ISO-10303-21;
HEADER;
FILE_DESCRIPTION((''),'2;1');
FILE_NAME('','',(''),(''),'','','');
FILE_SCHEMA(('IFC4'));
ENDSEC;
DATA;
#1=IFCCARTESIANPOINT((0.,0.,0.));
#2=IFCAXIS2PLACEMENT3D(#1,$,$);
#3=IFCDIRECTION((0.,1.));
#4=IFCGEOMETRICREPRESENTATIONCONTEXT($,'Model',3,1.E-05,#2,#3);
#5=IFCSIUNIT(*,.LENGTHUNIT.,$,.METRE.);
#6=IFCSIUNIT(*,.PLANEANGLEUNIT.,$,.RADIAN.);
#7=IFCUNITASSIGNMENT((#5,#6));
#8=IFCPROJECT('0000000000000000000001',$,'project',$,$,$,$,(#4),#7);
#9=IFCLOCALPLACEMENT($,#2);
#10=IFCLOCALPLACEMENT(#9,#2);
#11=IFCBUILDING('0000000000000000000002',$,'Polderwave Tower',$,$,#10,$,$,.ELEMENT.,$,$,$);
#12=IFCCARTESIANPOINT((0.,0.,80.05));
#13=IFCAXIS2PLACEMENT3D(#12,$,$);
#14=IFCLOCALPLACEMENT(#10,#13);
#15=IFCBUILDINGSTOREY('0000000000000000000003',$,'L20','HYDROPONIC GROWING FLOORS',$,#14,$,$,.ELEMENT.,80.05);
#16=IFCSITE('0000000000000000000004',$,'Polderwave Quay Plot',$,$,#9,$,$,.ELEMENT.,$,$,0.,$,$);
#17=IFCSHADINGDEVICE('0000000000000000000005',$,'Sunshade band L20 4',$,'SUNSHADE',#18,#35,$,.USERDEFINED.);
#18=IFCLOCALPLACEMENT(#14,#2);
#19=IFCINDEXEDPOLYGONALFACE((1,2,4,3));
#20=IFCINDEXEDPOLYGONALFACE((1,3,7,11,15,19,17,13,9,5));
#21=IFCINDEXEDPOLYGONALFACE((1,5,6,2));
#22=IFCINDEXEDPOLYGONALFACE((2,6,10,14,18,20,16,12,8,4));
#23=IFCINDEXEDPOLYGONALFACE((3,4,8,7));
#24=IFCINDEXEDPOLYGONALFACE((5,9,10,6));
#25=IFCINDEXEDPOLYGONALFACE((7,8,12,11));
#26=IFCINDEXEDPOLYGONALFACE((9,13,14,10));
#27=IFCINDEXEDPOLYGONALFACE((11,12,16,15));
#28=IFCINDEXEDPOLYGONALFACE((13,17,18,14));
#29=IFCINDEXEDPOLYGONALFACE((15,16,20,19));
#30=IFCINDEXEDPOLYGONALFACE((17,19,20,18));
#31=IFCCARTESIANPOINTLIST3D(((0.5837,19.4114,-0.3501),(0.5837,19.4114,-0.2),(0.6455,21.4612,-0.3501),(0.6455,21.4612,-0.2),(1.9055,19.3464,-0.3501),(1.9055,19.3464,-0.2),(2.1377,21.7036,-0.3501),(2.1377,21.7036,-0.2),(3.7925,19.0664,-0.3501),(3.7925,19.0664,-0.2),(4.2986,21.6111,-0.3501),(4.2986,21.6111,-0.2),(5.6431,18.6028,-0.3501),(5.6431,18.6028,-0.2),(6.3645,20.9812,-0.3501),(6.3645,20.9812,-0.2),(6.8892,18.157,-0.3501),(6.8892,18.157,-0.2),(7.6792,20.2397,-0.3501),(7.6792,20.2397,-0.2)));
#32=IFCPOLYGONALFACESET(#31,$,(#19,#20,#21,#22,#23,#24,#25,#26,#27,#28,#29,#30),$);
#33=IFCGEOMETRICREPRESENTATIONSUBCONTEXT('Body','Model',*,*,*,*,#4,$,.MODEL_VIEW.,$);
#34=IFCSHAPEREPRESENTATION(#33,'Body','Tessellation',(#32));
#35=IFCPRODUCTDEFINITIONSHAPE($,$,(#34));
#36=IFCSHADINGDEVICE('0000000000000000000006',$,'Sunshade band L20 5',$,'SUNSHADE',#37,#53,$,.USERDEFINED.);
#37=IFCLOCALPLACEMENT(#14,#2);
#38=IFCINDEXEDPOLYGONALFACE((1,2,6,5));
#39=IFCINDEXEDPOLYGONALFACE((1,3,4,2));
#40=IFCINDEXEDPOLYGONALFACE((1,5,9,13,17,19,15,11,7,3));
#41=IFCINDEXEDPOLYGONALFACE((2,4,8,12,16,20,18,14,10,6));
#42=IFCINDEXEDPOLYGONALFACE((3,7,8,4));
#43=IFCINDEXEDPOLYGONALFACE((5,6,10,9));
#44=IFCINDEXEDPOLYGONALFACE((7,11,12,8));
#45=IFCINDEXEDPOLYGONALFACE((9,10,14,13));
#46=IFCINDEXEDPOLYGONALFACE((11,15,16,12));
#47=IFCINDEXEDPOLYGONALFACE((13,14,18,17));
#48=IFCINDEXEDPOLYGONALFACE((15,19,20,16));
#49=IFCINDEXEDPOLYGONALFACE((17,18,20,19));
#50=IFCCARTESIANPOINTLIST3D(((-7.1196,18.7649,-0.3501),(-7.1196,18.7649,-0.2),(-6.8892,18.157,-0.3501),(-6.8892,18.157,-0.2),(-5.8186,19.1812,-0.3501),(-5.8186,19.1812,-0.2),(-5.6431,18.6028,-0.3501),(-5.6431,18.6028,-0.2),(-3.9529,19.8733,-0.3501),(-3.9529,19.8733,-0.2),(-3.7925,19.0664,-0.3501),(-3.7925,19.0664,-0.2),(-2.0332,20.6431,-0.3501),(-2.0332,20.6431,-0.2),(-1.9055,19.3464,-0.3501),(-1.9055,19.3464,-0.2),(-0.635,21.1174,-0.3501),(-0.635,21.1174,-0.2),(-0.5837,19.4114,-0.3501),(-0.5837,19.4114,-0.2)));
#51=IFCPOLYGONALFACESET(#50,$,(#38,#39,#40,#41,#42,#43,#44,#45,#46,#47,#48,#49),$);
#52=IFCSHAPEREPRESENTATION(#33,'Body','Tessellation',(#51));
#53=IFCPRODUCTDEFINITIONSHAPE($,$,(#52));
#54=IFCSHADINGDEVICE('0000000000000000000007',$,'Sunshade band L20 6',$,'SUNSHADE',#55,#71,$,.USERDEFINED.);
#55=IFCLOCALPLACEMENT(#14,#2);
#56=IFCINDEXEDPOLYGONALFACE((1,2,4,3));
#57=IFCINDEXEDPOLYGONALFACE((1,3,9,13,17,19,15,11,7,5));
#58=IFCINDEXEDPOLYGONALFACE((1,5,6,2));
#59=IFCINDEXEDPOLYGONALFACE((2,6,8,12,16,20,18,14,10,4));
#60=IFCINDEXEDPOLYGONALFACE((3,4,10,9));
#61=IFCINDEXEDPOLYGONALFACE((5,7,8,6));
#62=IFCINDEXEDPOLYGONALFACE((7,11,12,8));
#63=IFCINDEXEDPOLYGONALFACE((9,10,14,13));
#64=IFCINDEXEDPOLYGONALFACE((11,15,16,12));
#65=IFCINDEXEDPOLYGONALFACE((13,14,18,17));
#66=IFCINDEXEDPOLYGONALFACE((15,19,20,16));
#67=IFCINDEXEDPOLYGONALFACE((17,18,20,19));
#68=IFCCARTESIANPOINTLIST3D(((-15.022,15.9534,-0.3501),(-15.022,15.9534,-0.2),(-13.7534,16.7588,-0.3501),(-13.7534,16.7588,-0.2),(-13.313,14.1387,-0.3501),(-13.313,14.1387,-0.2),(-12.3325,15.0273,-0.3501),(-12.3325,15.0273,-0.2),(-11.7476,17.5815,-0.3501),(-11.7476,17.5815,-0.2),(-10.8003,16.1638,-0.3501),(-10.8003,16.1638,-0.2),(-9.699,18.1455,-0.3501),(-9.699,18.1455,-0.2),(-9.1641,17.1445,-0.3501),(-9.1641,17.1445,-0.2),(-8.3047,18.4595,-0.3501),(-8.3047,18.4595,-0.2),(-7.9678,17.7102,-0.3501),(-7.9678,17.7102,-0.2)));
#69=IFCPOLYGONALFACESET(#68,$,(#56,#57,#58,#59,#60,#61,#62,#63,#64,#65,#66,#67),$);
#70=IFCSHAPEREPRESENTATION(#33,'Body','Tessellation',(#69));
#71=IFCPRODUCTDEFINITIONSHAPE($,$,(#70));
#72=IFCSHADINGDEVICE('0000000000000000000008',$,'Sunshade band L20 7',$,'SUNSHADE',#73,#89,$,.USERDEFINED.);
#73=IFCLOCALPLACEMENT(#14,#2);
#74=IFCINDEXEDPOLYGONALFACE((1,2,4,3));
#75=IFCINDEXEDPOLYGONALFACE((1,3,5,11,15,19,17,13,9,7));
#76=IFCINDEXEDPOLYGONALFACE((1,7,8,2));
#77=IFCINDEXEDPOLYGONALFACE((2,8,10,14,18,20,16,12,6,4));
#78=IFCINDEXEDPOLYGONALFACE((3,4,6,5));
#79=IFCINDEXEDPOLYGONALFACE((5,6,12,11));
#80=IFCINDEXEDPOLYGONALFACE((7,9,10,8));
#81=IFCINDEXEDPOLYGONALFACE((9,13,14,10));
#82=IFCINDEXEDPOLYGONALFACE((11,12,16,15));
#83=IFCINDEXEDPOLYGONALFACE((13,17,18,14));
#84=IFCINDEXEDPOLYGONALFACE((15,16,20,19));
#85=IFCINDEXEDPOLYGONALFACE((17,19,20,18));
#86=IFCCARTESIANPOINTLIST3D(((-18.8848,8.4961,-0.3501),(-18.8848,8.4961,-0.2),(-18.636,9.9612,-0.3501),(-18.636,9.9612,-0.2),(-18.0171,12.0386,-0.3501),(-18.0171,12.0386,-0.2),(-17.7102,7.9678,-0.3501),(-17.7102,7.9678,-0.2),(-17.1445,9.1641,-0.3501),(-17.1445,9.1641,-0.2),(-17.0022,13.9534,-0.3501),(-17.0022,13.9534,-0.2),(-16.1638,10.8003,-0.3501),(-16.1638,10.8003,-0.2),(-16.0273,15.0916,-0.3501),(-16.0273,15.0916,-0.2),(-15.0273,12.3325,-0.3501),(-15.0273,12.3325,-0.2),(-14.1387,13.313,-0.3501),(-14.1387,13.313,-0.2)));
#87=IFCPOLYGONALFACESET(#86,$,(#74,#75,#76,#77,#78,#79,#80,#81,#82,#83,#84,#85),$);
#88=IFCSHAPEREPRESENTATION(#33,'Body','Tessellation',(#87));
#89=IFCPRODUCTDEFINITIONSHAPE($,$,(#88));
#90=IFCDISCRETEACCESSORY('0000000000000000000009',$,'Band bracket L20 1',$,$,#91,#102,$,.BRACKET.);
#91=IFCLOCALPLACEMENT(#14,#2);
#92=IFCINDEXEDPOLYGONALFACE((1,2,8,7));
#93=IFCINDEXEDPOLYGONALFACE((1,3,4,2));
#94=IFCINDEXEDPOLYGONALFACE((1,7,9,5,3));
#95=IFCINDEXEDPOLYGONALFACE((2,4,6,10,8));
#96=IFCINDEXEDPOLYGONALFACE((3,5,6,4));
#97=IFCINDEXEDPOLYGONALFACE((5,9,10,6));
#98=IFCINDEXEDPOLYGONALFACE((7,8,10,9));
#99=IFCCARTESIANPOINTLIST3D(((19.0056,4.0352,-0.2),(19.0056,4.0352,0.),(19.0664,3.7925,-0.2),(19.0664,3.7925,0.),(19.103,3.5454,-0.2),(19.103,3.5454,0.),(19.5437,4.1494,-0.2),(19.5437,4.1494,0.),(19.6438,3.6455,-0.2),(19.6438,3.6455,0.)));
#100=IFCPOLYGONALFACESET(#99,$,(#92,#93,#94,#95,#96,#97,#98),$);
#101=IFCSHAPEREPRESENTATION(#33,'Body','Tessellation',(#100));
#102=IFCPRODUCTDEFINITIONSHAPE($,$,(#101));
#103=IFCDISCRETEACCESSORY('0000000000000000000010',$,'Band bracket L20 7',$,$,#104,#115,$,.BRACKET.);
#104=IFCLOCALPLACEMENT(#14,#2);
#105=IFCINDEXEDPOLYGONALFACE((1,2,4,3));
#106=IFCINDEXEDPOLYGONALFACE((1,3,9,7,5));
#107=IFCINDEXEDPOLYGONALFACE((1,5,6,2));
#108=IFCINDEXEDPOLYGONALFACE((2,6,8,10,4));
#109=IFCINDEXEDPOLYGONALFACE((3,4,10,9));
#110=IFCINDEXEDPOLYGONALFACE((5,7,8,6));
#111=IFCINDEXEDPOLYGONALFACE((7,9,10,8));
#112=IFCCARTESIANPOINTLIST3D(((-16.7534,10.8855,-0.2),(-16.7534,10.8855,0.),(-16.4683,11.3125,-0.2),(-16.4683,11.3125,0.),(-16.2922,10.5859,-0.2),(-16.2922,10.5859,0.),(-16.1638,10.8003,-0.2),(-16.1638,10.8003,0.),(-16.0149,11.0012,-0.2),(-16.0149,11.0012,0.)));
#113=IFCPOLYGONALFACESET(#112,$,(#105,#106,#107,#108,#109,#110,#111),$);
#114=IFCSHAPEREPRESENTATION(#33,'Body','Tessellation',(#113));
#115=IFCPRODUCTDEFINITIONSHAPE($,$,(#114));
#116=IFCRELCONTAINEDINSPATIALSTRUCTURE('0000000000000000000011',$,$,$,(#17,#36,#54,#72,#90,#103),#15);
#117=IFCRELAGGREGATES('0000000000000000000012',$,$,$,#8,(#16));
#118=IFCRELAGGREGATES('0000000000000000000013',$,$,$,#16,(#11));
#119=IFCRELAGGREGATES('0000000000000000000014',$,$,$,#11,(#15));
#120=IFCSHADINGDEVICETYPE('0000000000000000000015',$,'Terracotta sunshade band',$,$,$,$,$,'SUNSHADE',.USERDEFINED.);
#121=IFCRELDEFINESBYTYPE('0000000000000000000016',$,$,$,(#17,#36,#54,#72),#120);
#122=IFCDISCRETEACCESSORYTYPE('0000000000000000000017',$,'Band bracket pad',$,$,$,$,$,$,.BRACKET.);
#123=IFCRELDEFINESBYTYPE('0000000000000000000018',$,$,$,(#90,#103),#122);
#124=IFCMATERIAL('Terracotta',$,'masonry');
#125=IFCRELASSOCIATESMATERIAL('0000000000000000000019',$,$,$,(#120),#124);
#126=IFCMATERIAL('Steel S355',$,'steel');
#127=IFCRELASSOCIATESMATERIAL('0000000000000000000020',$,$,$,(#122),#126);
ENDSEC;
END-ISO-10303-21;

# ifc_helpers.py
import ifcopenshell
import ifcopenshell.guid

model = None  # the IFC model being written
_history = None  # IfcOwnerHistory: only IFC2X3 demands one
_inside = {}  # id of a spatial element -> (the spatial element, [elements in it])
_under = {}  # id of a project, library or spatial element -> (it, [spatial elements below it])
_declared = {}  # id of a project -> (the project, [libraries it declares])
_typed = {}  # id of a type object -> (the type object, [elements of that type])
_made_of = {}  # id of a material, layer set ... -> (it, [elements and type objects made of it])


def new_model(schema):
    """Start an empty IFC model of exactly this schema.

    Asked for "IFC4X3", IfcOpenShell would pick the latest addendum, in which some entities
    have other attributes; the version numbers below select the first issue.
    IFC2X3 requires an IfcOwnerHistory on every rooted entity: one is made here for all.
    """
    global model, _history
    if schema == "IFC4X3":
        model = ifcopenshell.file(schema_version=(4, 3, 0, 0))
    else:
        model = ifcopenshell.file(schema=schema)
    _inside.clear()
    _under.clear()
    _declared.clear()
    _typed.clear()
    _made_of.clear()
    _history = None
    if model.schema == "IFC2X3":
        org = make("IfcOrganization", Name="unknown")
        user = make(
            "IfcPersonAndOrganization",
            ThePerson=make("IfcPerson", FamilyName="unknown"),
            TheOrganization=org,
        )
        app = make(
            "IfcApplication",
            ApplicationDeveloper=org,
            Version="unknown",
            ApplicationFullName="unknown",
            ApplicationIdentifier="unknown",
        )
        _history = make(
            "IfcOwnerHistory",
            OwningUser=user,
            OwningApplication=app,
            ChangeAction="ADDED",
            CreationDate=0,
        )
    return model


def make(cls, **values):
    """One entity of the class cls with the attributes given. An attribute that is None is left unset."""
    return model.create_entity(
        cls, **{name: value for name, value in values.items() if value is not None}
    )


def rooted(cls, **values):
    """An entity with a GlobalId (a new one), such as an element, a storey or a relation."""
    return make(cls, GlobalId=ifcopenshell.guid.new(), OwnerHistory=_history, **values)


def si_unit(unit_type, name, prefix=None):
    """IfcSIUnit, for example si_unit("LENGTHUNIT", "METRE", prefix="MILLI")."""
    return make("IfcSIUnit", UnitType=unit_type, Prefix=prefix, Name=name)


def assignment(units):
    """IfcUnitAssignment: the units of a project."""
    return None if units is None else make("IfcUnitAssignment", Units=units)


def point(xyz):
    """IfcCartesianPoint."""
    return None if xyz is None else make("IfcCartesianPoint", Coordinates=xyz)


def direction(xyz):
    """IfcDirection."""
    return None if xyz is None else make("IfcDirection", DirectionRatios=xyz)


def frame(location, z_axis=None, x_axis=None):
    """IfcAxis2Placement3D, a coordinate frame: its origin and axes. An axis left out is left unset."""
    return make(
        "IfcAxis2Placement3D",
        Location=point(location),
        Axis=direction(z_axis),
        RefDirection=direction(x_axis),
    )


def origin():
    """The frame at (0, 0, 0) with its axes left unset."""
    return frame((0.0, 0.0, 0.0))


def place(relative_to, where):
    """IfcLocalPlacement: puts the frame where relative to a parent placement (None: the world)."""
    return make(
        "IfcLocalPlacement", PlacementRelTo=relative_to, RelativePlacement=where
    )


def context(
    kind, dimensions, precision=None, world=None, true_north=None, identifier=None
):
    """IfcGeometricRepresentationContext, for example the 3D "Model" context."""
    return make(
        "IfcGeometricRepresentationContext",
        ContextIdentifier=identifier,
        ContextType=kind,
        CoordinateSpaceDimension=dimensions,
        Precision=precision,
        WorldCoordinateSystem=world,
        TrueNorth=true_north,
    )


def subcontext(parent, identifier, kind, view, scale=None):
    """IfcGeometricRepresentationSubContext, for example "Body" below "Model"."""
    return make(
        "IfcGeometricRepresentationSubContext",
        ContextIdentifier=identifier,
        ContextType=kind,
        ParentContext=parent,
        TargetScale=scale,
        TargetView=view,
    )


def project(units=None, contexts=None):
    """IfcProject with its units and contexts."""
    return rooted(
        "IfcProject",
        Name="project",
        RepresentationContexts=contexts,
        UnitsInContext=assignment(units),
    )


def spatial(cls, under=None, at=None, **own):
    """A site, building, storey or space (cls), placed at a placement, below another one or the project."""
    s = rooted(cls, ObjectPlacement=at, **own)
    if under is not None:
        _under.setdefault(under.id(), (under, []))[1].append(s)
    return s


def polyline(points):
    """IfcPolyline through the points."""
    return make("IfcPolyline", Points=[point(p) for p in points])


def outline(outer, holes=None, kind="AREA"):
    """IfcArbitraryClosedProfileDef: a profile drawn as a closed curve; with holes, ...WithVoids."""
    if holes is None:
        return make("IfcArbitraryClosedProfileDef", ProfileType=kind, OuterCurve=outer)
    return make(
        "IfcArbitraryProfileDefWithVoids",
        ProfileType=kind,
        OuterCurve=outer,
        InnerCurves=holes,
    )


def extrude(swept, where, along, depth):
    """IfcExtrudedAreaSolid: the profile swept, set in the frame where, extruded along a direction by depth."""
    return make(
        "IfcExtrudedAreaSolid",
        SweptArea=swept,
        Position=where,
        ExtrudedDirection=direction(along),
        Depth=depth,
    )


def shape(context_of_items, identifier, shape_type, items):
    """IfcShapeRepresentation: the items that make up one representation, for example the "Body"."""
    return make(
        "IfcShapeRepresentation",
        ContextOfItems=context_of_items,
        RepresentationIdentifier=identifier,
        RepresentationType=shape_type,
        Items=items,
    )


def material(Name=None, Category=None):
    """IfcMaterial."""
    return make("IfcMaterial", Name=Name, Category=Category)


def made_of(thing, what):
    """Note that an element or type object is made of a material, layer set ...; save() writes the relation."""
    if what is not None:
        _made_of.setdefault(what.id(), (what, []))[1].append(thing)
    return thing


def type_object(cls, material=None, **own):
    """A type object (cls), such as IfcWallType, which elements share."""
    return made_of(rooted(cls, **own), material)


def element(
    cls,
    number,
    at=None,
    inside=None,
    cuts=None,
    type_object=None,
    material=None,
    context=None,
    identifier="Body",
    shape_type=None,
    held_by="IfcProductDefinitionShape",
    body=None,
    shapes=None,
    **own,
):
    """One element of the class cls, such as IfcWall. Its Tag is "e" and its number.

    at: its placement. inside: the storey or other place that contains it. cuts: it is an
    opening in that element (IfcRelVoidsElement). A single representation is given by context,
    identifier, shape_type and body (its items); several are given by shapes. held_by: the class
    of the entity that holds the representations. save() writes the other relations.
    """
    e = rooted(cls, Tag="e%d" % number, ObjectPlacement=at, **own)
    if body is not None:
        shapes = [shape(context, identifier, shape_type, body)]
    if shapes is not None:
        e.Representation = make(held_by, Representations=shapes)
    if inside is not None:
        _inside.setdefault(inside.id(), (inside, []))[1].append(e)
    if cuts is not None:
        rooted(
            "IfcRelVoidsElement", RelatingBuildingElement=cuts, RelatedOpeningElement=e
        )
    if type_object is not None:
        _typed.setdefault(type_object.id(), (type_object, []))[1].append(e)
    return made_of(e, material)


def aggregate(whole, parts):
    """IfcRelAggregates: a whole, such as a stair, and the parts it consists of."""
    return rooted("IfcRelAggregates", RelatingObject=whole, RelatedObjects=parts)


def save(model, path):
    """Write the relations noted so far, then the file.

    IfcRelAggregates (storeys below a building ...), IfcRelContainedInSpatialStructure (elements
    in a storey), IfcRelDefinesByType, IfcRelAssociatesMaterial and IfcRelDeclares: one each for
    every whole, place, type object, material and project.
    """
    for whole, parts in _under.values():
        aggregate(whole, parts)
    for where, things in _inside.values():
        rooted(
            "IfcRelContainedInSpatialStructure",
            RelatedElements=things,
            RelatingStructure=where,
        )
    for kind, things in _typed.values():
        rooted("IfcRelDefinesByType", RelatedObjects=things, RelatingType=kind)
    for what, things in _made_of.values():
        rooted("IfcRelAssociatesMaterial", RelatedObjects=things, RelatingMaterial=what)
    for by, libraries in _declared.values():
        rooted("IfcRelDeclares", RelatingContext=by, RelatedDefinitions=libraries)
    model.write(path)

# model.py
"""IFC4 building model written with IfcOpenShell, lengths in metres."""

from ifc_helpers import new_model, si_unit, direction, frame, origin, place, context, subcontext, project, spatial, polyline, outline, extrude, material, type_object, element, save


model = new_model("IFC4")

# Units and contexts
model_context = context("Model", 3, precision=1e-05, world=origin(), true_north=direction((0.0, 1.0)))
body_context = subcontext(model_context, "Body", "Model", "MODEL_VIEW")
ifc_project = project(units=[si_unit("LENGTHUNIT", "METRE"), si_unit("PLANEANGLEUNIT", "RADIAN")], contexts=[model_context])

# Site, building, storey
site_placement = place(None, origin())
site = spatial("IfcSite", under=ifc_project, at=site_placement, Name="Polderwave Quay Plot", CompositionType="ELEMENT", RefElevation=0.0)
building_placement = place(site_placement, origin())
building = spatial("IfcBuilding", under=site, at=building_placement, Name="Polderwave Tower", CompositionType="ELEMENT")
storey_placement = place(building_placement, frame((0.0, 0.0, 80.05)))
storey = spatial("IfcBuildingStorey", under=building, at=storey_placement, Name="L20", Description="HYDROPONIC GROWING FLOORS", CompositionType="ELEMENT", Elevation=80.05)

# Shading devices
ifc_material_1 = material(Name="Terracotta", Category="masonry")
shading_device_type = type_object("IfcShadingDeviceType", Name="Terracotta sunshade band", ElementType="SUNSHADE", PredefinedType="USERDEFINED", material=ifc_material_1)
shading_device_1_placement = place(storey_placement, frame((0.0, 0.0, -0.3501)))
element("IfcShadingDevice", 1, at=shading_device_1_placement, inside=storey, type_object=shading_device_type, Name="Sunshade band L20 4", ObjectType="SUNSHADE", PredefinedType="USERDEFINED", context=body_context, shape_type="SweptSolid", body=[
    extrude(outline(polyline([(6.8892, 18.157), (5.6431, 18.6028), (3.7925, 19.0664), (1.9055, 19.3464), (0.5837, 19.4114), (0.6455, 21.4612), (2.1377, 21.7036), (4.2986, 21.6111), (6.3645, 20.9812), (7.6792, 20.2397), (6.8892, 18.157)])), origin(), (0.0, 0.0, 1.0), 0.1501),
])
shading_device_2_placement = place(storey_placement, frame((0.0, 0.0, -0.3501)))
element("IfcShadingDevice", 2, at=shading_device_2_placement, inside=storey, type_object=shading_device_type, Name="Sunshade band L20 5", ObjectType="SUNSHADE", PredefinedType="USERDEFINED", context=body_context, shape_type="SweptSolid", body=[
    extrude(outline(polyline([(-0.5837, 19.4114), (-1.9055, 19.3464), (-3.7925, 19.0664), (-5.6431, 18.6028), (-6.8892, 18.157), (-7.1196, 18.7649), (-5.8186, 19.1812), (-3.9529, 19.8733), (-2.0332, 20.6431), (-0.635, 21.1174), (-0.5837, 19.4114)])), origin(), (0.0, 0.0, 1.0), 0.1501),
])
shading_device_3_placement = place(storey_placement, frame((0.0, 0.0, -0.3501)))
element("IfcShadingDevice", 3, at=shading_device_3_placement, inside=storey, type_object=shading_device_type, Name="Sunshade band L20 6", ObjectType="SUNSHADE", PredefinedType="USERDEFINED", context=body_context, shape_type="SweptSolid", body=[
    extrude(outline(polyline([(-7.9678, 17.7102), (-9.1641, 17.1445), (-10.8003, 16.1638), (-12.3325, 15.0273), (-13.313, 14.1387), (-15.022, 15.9534), (-13.7534, 16.7588), (-11.7476, 17.5815), (-9.699, 18.1455), (-8.3047, 18.4595), (-7.9678, 17.7102)])), origin(), (0.0, 0.0, 1.0), 0.1501),
])
shading_device_4_placement = place(storey_placement, frame((0.0, 0.0, -0.3501)))
element("IfcShadingDevice", 4, at=shading_device_4_placement, inside=storey, type_object=shading_device_type, Name="Sunshade band L20 7", ObjectType="SUNSHADE", PredefinedType="USERDEFINED", context=body_context, shape_type="SweptSolid", body=[
    extrude(outline(polyline([(-14.1387, 13.313), (-15.0273, 12.3325), (-16.1638, 10.8003), (-17.1445, 9.1641), (-17.7102, 7.9678), (-18.8848, 8.4961), (-18.636, 9.9612), (-18.0171, 12.0386), (-17.0022, 13.9534), (-16.0273, 15.0916), (-14.1387, 13.313)])), origin(), (0.0, 0.0, 1.0), 0.1501),
])

# Discrete accessories
ifc_material_2 = material(Name="Steel S355", Category="steel")
discrete_accessory_type = type_object("IfcDiscreteAccessoryType", Name="Band bracket pad", PredefinedType="BRACKET", material=ifc_material_2)
discrete_accessory_1_placement = place(storey_placement, frame((0.0, 0.0, -0.2)))
element("IfcDiscreteAccessory", 5, at=discrete_accessory_1_placement, inside=storey, type_object=discrete_accessory_type, Name="Band bracket L20 1", PredefinedType="BRACKET", context=body_context, shape_type="SweptSolid", body=[
    extrude(outline(polyline([(19.103, 3.5454), (19.0664, 3.7925), (19.0056, 4.0352), (19.5437, 4.1494), (19.6438, 3.6455), (19.103, 3.5454)])), origin(), (0.0, 0.0, 1.0), 0.2),
])
discrete_accessory_2_placement = place(storey_placement, frame((0.0, 0.0, -0.2)))
element("IfcDiscreteAccessory", 6, at=discrete_accessory_2_placement, inside=storey, type_object=discrete_accessory_type, Name="Band bracket L20 7", PredefinedType="BRACKET", context=body_context, shape_type="SweptSolid", body=[
    extrude(outline(polyline([(-16.0149, 11.0012), (-16.1638, 10.8003), (-16.2922, 10.5859), (-16.7534, 10.8855), (-16.4683, 11.3125), (-16.0149, 11.0012)])), origin(), (0.0, 0.0, 1.0), 0.2),
])

save(model, "model.ifc")
